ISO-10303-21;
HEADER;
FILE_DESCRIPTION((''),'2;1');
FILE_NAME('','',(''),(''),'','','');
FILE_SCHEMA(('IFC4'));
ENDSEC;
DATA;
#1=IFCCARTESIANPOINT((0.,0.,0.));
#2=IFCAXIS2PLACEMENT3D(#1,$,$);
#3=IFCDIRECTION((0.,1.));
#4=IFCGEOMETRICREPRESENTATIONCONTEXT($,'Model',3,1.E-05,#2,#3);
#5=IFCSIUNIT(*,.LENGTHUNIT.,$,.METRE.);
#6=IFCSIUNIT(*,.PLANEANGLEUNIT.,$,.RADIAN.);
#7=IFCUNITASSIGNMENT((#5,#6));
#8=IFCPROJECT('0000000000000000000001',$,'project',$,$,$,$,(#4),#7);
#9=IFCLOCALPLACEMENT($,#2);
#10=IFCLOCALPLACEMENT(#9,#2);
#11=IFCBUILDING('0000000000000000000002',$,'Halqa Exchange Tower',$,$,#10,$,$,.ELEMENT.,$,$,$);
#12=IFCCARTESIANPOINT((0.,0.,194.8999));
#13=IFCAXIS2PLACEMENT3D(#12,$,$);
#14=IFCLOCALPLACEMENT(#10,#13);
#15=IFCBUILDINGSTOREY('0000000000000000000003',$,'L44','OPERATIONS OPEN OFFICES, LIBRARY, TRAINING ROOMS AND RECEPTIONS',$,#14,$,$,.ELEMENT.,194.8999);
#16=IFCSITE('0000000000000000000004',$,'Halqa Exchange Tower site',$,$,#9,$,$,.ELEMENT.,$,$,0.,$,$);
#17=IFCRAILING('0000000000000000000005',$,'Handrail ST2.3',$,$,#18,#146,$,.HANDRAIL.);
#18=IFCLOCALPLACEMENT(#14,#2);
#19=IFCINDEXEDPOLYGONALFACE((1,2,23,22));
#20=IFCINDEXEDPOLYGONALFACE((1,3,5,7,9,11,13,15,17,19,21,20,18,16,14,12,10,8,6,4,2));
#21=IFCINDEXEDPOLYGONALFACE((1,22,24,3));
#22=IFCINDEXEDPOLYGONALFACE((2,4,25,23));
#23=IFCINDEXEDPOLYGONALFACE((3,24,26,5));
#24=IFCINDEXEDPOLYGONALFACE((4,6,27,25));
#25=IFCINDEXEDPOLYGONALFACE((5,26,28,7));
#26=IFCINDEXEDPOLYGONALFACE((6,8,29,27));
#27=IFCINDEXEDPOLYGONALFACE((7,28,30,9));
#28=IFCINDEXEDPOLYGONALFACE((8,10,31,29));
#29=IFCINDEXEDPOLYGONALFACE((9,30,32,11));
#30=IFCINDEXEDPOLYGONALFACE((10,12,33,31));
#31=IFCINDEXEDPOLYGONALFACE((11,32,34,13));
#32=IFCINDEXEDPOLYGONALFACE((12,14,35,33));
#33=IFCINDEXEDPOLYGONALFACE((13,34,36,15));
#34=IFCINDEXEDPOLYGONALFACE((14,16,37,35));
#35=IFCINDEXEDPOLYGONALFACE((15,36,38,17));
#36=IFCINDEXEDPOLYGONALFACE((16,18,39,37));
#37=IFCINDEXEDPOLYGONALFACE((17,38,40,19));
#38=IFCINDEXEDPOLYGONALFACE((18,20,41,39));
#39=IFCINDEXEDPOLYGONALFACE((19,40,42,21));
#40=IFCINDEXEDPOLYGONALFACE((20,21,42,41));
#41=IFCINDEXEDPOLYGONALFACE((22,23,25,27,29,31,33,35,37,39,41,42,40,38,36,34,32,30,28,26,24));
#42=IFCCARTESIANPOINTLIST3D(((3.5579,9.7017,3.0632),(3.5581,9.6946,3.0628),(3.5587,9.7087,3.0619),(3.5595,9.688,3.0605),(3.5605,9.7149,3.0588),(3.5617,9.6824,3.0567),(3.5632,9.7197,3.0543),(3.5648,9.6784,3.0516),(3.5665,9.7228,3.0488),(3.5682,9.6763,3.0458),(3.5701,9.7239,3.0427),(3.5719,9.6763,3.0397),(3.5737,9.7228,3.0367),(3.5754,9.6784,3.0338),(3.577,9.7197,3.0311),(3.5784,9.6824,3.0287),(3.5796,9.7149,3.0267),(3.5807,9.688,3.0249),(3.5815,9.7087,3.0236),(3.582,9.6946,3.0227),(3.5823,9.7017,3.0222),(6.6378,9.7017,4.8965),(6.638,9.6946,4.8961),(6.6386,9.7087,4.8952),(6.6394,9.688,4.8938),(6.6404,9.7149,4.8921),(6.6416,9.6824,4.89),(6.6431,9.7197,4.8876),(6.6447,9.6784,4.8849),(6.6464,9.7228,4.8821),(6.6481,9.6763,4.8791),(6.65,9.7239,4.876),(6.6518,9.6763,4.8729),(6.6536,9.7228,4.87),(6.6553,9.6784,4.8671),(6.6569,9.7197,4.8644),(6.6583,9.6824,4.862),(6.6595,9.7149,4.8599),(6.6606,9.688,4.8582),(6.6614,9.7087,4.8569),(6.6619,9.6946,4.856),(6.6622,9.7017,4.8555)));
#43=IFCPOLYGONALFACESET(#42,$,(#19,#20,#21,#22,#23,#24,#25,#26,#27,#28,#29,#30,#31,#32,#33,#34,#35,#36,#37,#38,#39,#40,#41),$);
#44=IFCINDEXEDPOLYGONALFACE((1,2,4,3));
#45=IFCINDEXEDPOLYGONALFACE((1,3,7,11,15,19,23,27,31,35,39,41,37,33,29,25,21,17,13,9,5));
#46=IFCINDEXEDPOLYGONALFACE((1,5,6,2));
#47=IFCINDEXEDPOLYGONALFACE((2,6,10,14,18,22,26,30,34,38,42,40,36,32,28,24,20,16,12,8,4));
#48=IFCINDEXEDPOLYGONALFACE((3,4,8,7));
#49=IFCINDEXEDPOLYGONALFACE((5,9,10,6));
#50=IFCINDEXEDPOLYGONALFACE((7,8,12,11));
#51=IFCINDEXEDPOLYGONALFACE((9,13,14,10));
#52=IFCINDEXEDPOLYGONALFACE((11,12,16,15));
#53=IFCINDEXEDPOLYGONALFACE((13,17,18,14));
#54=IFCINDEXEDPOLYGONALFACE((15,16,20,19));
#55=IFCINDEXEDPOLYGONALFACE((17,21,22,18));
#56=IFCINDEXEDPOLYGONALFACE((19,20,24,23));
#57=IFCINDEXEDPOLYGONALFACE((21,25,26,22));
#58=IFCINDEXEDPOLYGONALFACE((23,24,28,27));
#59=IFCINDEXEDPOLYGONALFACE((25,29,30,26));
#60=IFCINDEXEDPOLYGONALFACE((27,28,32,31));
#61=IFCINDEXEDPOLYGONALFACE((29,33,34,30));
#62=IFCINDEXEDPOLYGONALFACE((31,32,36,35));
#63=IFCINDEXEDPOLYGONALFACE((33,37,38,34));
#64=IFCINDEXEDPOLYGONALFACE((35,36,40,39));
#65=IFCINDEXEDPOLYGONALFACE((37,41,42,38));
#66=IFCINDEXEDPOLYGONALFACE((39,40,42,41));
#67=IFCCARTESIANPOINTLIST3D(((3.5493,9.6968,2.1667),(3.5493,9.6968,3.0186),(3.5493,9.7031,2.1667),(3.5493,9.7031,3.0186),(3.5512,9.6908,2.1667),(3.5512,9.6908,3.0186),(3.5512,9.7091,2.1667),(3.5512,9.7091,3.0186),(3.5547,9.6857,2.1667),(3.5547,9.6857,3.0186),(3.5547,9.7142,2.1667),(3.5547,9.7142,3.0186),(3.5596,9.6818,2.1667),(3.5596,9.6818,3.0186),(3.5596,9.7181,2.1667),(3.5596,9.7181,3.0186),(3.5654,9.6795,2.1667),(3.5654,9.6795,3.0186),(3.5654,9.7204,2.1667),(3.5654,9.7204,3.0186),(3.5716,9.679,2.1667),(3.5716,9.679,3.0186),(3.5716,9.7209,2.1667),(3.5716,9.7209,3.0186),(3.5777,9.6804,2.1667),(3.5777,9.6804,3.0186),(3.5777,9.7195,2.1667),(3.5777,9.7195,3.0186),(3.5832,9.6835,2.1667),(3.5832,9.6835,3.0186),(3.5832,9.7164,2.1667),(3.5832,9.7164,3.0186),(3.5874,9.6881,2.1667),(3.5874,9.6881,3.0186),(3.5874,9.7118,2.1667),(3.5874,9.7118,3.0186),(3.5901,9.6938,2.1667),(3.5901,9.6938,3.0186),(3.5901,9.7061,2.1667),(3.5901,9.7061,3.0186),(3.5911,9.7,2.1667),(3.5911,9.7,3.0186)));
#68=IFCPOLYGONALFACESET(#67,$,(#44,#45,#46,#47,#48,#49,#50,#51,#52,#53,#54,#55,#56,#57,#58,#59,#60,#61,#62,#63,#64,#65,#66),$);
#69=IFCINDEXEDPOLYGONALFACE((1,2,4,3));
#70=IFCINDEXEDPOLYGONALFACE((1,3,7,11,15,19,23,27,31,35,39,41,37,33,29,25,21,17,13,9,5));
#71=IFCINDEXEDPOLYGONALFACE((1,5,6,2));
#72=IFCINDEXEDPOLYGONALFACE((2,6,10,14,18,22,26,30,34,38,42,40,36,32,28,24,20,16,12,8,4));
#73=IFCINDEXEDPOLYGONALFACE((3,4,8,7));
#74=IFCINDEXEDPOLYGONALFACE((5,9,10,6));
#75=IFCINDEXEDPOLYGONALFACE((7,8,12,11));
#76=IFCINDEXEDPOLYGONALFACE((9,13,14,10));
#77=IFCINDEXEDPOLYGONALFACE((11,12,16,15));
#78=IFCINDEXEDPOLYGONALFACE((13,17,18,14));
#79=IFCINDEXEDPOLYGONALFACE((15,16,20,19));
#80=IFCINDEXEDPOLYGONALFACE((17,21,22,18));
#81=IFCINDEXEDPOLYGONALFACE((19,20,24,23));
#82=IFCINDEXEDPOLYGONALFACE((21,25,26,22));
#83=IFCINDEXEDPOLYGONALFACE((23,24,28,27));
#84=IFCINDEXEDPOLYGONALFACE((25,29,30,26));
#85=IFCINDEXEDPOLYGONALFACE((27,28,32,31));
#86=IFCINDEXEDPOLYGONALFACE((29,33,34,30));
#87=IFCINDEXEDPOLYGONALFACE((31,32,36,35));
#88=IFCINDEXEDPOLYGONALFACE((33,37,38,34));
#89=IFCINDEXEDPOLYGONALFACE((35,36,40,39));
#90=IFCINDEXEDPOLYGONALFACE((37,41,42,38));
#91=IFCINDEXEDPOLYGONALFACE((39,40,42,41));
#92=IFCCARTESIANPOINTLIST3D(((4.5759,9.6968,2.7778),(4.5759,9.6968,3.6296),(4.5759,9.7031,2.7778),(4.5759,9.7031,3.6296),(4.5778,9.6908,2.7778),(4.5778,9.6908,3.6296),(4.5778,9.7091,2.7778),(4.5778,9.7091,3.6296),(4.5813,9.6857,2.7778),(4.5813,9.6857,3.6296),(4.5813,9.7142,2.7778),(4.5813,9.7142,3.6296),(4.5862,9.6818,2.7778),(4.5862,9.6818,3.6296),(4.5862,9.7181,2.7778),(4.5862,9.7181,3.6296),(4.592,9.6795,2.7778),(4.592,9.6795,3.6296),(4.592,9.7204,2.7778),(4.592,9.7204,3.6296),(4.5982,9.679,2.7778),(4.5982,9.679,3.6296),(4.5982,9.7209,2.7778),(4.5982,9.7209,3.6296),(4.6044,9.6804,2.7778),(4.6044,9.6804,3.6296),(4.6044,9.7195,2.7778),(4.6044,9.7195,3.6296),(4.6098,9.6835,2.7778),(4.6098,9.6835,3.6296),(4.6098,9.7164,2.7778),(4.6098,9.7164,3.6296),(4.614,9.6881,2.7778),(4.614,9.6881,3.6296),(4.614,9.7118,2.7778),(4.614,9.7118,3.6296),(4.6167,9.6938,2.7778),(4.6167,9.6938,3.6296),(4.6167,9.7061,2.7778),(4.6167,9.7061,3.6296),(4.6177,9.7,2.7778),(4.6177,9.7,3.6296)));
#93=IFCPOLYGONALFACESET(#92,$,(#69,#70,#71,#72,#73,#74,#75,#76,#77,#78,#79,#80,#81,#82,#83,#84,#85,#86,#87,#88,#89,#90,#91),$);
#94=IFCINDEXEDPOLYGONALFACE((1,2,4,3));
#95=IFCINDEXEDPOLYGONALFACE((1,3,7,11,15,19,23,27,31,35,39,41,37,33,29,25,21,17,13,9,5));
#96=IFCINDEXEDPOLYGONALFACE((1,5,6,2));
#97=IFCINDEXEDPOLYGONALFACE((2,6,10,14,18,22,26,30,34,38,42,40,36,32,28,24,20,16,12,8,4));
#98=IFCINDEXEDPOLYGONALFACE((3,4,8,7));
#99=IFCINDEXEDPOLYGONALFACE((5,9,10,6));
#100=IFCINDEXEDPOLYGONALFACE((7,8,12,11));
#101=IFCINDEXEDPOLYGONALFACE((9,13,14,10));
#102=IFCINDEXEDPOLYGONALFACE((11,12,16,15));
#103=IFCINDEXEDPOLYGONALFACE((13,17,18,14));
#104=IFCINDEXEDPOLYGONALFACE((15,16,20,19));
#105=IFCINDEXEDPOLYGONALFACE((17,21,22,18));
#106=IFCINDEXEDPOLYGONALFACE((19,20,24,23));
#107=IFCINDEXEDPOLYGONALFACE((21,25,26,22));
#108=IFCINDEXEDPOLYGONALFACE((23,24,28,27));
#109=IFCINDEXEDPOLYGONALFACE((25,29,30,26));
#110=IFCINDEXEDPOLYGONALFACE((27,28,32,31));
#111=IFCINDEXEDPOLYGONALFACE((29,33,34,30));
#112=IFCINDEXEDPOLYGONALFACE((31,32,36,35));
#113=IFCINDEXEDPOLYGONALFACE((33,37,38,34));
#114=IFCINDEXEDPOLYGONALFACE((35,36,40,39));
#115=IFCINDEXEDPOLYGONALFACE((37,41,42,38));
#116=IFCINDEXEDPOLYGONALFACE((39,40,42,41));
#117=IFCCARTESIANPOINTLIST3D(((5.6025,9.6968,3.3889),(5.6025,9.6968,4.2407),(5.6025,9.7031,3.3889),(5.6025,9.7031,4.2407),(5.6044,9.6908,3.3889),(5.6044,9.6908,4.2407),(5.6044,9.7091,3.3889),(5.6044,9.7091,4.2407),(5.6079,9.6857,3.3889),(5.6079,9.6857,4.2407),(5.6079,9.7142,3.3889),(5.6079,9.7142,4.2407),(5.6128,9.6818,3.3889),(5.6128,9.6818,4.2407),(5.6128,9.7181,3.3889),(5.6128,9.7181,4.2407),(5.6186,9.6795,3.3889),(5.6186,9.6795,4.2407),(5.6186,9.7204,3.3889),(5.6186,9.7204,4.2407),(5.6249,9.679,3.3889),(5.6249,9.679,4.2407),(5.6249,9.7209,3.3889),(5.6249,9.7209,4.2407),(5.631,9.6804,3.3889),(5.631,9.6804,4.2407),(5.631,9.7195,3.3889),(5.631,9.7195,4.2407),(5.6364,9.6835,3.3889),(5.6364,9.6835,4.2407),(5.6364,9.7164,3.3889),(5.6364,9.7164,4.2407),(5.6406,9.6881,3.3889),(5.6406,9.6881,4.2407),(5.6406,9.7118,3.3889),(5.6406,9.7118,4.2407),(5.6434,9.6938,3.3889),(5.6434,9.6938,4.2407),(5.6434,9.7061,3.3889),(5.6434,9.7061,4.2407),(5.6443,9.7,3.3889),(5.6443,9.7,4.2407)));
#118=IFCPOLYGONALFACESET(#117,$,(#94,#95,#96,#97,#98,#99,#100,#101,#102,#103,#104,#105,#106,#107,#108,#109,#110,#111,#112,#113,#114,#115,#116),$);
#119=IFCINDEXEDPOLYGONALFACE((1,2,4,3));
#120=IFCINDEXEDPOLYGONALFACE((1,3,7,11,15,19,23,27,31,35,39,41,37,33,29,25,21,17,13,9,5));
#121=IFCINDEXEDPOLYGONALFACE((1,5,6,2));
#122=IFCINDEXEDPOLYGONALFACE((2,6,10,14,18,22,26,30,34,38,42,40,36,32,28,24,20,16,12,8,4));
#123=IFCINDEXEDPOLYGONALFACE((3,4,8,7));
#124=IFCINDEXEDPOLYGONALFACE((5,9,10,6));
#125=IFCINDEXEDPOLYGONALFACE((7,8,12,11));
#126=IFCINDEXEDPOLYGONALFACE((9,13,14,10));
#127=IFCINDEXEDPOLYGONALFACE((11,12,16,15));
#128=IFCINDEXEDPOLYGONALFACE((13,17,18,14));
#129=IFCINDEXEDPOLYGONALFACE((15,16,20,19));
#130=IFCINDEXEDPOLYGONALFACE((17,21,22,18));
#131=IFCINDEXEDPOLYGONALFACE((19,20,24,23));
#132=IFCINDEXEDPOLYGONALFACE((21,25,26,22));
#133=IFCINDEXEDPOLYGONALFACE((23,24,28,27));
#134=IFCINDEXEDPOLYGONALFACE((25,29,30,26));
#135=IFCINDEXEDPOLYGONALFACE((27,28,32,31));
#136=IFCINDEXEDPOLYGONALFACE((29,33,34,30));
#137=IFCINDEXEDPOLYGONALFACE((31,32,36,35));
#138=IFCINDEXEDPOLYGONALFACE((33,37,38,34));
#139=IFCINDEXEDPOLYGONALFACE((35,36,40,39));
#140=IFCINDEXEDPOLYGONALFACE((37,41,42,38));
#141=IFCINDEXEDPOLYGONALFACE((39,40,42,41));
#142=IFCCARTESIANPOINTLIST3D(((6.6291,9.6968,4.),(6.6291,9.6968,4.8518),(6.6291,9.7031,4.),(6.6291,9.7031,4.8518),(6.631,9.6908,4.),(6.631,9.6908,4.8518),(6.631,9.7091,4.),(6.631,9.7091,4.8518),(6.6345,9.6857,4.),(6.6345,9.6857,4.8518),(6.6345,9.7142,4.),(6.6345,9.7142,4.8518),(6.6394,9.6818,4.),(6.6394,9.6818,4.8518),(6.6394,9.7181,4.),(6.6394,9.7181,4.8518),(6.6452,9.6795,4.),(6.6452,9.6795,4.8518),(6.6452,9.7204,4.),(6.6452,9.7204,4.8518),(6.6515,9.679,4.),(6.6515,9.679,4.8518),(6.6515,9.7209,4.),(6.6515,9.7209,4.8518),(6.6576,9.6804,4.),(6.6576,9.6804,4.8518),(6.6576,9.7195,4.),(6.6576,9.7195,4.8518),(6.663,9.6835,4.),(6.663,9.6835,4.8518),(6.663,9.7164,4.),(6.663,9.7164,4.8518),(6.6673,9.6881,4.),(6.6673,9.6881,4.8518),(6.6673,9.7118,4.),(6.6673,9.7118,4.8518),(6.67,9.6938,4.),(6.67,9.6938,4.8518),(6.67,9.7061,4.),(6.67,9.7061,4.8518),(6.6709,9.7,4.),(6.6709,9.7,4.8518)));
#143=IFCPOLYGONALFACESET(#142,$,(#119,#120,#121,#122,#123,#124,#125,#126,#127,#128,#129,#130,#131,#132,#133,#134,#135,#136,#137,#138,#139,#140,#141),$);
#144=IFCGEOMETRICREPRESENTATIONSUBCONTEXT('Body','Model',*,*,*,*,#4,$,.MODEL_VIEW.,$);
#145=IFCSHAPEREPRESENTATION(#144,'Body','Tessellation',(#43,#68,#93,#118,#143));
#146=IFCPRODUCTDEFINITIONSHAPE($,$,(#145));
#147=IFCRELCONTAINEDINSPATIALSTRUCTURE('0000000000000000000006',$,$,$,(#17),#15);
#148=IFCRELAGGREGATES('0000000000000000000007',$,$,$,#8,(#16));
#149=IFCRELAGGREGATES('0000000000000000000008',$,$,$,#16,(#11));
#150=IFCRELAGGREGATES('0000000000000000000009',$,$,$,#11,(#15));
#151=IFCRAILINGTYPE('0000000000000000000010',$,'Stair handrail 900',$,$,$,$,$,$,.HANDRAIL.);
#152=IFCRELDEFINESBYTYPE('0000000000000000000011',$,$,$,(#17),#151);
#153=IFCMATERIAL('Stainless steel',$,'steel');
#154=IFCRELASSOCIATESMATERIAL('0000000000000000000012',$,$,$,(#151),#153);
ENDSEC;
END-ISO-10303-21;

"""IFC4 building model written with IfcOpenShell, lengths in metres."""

from ifc_helpers import new_model, si_unit, direction, frame, origin, origin_2d, place, context, subcontext, project, spatial, circle, extrude, material, type_object, element, save


model = new_model("IFC4")

# Units and contexts
model_context = context("Model", 3, precision=1e-05, world=origin(), true_north=direction((0.0, 1.0)))
body_context = subcontext(model_context, "Body", "Model", "MODEL_VIEW")
ifc_project = project(units=[si_unit("LENGTHUNIT", "METRE"), si_unit("PLANEANGLEUNIT", "RADIAN")], contexts=[model_context])

# Site, building, storey
site_placement = place(None, origin())
site = spatial("IfcSite", under=ifc_project, at=site_placement, Name="Halqa Exchange Tower site", CompositionType="ELEMENT", RefElevation=0.0)
building_placement = place(site_placement, origin())
building = spatial("IfcBuilding", under=site, at=building_placement, Name="Halqa Exchange Tower", CompositionType="ELEMENT")
storey_placement = place(building_placement, frame((0.0, 0.0, 194.8999)))
storey = spatial("IfcBuildingStorey", under=building, at=storey_placement, Name="L44", Description="OPERATIONS OPEN OFFICES, LIBRARY, TRAINING ROOMS AND RECEPTIONS", CompositionType="ELEMENT", Elevation=194.8999)

# Railing
ifc_material_1 = material(Name="Stainless steel", Category="steel")
railing_type_1 = type_object("IfcRailingType", Name="Stair handrail 900", PredefinedType="HANDRAIL", material=ifc_material_1)
railing_1_placement = place(storey_placement, frame((3.5701, 9.7, 2.1667)))
element("IfcRailing", 1, at=railing_1_placement, inside=storey, type_object=railing_type_1, Name="Handrail ST2.3", PredefinedType="HANDRAIL", context=body_context, shape_type="SweptSolid", body=[
    extrude(circle(Radius=0.0239, at=origin_2d()), frame((0.0, 0.0, 0.876), z_axis=(0.859291, 0.0, 0.511487), x_axis=(0.0, 1.0, 0.0)), (0.0, 0.0, 1.0), 3.5842),
    extrude(circle(Radius=0.021, at=origin_2d()), origin(), (0.0, 0.0, 1.0), 0.8518),
    extrude(circle(Radius=0.021, at=origin_2d()), frame((1.0266, 0.0, 0.6111)), (0.0, 0.0, 1.0), 0.8518),
    extrude(circle(Radius=0.021, at=origin_2d()), frame((2.0532, 0.0, 1.2222)), (0.0, 0.0, 1.0), 0.8518),
    extrude(circle(Radius=0.021, at=origin_2d()), frame((3.0798, 0.0, 1.8333)), (0.0, 0.0, 1.0), 0.8518),
])

save(model, "model.ifc")
